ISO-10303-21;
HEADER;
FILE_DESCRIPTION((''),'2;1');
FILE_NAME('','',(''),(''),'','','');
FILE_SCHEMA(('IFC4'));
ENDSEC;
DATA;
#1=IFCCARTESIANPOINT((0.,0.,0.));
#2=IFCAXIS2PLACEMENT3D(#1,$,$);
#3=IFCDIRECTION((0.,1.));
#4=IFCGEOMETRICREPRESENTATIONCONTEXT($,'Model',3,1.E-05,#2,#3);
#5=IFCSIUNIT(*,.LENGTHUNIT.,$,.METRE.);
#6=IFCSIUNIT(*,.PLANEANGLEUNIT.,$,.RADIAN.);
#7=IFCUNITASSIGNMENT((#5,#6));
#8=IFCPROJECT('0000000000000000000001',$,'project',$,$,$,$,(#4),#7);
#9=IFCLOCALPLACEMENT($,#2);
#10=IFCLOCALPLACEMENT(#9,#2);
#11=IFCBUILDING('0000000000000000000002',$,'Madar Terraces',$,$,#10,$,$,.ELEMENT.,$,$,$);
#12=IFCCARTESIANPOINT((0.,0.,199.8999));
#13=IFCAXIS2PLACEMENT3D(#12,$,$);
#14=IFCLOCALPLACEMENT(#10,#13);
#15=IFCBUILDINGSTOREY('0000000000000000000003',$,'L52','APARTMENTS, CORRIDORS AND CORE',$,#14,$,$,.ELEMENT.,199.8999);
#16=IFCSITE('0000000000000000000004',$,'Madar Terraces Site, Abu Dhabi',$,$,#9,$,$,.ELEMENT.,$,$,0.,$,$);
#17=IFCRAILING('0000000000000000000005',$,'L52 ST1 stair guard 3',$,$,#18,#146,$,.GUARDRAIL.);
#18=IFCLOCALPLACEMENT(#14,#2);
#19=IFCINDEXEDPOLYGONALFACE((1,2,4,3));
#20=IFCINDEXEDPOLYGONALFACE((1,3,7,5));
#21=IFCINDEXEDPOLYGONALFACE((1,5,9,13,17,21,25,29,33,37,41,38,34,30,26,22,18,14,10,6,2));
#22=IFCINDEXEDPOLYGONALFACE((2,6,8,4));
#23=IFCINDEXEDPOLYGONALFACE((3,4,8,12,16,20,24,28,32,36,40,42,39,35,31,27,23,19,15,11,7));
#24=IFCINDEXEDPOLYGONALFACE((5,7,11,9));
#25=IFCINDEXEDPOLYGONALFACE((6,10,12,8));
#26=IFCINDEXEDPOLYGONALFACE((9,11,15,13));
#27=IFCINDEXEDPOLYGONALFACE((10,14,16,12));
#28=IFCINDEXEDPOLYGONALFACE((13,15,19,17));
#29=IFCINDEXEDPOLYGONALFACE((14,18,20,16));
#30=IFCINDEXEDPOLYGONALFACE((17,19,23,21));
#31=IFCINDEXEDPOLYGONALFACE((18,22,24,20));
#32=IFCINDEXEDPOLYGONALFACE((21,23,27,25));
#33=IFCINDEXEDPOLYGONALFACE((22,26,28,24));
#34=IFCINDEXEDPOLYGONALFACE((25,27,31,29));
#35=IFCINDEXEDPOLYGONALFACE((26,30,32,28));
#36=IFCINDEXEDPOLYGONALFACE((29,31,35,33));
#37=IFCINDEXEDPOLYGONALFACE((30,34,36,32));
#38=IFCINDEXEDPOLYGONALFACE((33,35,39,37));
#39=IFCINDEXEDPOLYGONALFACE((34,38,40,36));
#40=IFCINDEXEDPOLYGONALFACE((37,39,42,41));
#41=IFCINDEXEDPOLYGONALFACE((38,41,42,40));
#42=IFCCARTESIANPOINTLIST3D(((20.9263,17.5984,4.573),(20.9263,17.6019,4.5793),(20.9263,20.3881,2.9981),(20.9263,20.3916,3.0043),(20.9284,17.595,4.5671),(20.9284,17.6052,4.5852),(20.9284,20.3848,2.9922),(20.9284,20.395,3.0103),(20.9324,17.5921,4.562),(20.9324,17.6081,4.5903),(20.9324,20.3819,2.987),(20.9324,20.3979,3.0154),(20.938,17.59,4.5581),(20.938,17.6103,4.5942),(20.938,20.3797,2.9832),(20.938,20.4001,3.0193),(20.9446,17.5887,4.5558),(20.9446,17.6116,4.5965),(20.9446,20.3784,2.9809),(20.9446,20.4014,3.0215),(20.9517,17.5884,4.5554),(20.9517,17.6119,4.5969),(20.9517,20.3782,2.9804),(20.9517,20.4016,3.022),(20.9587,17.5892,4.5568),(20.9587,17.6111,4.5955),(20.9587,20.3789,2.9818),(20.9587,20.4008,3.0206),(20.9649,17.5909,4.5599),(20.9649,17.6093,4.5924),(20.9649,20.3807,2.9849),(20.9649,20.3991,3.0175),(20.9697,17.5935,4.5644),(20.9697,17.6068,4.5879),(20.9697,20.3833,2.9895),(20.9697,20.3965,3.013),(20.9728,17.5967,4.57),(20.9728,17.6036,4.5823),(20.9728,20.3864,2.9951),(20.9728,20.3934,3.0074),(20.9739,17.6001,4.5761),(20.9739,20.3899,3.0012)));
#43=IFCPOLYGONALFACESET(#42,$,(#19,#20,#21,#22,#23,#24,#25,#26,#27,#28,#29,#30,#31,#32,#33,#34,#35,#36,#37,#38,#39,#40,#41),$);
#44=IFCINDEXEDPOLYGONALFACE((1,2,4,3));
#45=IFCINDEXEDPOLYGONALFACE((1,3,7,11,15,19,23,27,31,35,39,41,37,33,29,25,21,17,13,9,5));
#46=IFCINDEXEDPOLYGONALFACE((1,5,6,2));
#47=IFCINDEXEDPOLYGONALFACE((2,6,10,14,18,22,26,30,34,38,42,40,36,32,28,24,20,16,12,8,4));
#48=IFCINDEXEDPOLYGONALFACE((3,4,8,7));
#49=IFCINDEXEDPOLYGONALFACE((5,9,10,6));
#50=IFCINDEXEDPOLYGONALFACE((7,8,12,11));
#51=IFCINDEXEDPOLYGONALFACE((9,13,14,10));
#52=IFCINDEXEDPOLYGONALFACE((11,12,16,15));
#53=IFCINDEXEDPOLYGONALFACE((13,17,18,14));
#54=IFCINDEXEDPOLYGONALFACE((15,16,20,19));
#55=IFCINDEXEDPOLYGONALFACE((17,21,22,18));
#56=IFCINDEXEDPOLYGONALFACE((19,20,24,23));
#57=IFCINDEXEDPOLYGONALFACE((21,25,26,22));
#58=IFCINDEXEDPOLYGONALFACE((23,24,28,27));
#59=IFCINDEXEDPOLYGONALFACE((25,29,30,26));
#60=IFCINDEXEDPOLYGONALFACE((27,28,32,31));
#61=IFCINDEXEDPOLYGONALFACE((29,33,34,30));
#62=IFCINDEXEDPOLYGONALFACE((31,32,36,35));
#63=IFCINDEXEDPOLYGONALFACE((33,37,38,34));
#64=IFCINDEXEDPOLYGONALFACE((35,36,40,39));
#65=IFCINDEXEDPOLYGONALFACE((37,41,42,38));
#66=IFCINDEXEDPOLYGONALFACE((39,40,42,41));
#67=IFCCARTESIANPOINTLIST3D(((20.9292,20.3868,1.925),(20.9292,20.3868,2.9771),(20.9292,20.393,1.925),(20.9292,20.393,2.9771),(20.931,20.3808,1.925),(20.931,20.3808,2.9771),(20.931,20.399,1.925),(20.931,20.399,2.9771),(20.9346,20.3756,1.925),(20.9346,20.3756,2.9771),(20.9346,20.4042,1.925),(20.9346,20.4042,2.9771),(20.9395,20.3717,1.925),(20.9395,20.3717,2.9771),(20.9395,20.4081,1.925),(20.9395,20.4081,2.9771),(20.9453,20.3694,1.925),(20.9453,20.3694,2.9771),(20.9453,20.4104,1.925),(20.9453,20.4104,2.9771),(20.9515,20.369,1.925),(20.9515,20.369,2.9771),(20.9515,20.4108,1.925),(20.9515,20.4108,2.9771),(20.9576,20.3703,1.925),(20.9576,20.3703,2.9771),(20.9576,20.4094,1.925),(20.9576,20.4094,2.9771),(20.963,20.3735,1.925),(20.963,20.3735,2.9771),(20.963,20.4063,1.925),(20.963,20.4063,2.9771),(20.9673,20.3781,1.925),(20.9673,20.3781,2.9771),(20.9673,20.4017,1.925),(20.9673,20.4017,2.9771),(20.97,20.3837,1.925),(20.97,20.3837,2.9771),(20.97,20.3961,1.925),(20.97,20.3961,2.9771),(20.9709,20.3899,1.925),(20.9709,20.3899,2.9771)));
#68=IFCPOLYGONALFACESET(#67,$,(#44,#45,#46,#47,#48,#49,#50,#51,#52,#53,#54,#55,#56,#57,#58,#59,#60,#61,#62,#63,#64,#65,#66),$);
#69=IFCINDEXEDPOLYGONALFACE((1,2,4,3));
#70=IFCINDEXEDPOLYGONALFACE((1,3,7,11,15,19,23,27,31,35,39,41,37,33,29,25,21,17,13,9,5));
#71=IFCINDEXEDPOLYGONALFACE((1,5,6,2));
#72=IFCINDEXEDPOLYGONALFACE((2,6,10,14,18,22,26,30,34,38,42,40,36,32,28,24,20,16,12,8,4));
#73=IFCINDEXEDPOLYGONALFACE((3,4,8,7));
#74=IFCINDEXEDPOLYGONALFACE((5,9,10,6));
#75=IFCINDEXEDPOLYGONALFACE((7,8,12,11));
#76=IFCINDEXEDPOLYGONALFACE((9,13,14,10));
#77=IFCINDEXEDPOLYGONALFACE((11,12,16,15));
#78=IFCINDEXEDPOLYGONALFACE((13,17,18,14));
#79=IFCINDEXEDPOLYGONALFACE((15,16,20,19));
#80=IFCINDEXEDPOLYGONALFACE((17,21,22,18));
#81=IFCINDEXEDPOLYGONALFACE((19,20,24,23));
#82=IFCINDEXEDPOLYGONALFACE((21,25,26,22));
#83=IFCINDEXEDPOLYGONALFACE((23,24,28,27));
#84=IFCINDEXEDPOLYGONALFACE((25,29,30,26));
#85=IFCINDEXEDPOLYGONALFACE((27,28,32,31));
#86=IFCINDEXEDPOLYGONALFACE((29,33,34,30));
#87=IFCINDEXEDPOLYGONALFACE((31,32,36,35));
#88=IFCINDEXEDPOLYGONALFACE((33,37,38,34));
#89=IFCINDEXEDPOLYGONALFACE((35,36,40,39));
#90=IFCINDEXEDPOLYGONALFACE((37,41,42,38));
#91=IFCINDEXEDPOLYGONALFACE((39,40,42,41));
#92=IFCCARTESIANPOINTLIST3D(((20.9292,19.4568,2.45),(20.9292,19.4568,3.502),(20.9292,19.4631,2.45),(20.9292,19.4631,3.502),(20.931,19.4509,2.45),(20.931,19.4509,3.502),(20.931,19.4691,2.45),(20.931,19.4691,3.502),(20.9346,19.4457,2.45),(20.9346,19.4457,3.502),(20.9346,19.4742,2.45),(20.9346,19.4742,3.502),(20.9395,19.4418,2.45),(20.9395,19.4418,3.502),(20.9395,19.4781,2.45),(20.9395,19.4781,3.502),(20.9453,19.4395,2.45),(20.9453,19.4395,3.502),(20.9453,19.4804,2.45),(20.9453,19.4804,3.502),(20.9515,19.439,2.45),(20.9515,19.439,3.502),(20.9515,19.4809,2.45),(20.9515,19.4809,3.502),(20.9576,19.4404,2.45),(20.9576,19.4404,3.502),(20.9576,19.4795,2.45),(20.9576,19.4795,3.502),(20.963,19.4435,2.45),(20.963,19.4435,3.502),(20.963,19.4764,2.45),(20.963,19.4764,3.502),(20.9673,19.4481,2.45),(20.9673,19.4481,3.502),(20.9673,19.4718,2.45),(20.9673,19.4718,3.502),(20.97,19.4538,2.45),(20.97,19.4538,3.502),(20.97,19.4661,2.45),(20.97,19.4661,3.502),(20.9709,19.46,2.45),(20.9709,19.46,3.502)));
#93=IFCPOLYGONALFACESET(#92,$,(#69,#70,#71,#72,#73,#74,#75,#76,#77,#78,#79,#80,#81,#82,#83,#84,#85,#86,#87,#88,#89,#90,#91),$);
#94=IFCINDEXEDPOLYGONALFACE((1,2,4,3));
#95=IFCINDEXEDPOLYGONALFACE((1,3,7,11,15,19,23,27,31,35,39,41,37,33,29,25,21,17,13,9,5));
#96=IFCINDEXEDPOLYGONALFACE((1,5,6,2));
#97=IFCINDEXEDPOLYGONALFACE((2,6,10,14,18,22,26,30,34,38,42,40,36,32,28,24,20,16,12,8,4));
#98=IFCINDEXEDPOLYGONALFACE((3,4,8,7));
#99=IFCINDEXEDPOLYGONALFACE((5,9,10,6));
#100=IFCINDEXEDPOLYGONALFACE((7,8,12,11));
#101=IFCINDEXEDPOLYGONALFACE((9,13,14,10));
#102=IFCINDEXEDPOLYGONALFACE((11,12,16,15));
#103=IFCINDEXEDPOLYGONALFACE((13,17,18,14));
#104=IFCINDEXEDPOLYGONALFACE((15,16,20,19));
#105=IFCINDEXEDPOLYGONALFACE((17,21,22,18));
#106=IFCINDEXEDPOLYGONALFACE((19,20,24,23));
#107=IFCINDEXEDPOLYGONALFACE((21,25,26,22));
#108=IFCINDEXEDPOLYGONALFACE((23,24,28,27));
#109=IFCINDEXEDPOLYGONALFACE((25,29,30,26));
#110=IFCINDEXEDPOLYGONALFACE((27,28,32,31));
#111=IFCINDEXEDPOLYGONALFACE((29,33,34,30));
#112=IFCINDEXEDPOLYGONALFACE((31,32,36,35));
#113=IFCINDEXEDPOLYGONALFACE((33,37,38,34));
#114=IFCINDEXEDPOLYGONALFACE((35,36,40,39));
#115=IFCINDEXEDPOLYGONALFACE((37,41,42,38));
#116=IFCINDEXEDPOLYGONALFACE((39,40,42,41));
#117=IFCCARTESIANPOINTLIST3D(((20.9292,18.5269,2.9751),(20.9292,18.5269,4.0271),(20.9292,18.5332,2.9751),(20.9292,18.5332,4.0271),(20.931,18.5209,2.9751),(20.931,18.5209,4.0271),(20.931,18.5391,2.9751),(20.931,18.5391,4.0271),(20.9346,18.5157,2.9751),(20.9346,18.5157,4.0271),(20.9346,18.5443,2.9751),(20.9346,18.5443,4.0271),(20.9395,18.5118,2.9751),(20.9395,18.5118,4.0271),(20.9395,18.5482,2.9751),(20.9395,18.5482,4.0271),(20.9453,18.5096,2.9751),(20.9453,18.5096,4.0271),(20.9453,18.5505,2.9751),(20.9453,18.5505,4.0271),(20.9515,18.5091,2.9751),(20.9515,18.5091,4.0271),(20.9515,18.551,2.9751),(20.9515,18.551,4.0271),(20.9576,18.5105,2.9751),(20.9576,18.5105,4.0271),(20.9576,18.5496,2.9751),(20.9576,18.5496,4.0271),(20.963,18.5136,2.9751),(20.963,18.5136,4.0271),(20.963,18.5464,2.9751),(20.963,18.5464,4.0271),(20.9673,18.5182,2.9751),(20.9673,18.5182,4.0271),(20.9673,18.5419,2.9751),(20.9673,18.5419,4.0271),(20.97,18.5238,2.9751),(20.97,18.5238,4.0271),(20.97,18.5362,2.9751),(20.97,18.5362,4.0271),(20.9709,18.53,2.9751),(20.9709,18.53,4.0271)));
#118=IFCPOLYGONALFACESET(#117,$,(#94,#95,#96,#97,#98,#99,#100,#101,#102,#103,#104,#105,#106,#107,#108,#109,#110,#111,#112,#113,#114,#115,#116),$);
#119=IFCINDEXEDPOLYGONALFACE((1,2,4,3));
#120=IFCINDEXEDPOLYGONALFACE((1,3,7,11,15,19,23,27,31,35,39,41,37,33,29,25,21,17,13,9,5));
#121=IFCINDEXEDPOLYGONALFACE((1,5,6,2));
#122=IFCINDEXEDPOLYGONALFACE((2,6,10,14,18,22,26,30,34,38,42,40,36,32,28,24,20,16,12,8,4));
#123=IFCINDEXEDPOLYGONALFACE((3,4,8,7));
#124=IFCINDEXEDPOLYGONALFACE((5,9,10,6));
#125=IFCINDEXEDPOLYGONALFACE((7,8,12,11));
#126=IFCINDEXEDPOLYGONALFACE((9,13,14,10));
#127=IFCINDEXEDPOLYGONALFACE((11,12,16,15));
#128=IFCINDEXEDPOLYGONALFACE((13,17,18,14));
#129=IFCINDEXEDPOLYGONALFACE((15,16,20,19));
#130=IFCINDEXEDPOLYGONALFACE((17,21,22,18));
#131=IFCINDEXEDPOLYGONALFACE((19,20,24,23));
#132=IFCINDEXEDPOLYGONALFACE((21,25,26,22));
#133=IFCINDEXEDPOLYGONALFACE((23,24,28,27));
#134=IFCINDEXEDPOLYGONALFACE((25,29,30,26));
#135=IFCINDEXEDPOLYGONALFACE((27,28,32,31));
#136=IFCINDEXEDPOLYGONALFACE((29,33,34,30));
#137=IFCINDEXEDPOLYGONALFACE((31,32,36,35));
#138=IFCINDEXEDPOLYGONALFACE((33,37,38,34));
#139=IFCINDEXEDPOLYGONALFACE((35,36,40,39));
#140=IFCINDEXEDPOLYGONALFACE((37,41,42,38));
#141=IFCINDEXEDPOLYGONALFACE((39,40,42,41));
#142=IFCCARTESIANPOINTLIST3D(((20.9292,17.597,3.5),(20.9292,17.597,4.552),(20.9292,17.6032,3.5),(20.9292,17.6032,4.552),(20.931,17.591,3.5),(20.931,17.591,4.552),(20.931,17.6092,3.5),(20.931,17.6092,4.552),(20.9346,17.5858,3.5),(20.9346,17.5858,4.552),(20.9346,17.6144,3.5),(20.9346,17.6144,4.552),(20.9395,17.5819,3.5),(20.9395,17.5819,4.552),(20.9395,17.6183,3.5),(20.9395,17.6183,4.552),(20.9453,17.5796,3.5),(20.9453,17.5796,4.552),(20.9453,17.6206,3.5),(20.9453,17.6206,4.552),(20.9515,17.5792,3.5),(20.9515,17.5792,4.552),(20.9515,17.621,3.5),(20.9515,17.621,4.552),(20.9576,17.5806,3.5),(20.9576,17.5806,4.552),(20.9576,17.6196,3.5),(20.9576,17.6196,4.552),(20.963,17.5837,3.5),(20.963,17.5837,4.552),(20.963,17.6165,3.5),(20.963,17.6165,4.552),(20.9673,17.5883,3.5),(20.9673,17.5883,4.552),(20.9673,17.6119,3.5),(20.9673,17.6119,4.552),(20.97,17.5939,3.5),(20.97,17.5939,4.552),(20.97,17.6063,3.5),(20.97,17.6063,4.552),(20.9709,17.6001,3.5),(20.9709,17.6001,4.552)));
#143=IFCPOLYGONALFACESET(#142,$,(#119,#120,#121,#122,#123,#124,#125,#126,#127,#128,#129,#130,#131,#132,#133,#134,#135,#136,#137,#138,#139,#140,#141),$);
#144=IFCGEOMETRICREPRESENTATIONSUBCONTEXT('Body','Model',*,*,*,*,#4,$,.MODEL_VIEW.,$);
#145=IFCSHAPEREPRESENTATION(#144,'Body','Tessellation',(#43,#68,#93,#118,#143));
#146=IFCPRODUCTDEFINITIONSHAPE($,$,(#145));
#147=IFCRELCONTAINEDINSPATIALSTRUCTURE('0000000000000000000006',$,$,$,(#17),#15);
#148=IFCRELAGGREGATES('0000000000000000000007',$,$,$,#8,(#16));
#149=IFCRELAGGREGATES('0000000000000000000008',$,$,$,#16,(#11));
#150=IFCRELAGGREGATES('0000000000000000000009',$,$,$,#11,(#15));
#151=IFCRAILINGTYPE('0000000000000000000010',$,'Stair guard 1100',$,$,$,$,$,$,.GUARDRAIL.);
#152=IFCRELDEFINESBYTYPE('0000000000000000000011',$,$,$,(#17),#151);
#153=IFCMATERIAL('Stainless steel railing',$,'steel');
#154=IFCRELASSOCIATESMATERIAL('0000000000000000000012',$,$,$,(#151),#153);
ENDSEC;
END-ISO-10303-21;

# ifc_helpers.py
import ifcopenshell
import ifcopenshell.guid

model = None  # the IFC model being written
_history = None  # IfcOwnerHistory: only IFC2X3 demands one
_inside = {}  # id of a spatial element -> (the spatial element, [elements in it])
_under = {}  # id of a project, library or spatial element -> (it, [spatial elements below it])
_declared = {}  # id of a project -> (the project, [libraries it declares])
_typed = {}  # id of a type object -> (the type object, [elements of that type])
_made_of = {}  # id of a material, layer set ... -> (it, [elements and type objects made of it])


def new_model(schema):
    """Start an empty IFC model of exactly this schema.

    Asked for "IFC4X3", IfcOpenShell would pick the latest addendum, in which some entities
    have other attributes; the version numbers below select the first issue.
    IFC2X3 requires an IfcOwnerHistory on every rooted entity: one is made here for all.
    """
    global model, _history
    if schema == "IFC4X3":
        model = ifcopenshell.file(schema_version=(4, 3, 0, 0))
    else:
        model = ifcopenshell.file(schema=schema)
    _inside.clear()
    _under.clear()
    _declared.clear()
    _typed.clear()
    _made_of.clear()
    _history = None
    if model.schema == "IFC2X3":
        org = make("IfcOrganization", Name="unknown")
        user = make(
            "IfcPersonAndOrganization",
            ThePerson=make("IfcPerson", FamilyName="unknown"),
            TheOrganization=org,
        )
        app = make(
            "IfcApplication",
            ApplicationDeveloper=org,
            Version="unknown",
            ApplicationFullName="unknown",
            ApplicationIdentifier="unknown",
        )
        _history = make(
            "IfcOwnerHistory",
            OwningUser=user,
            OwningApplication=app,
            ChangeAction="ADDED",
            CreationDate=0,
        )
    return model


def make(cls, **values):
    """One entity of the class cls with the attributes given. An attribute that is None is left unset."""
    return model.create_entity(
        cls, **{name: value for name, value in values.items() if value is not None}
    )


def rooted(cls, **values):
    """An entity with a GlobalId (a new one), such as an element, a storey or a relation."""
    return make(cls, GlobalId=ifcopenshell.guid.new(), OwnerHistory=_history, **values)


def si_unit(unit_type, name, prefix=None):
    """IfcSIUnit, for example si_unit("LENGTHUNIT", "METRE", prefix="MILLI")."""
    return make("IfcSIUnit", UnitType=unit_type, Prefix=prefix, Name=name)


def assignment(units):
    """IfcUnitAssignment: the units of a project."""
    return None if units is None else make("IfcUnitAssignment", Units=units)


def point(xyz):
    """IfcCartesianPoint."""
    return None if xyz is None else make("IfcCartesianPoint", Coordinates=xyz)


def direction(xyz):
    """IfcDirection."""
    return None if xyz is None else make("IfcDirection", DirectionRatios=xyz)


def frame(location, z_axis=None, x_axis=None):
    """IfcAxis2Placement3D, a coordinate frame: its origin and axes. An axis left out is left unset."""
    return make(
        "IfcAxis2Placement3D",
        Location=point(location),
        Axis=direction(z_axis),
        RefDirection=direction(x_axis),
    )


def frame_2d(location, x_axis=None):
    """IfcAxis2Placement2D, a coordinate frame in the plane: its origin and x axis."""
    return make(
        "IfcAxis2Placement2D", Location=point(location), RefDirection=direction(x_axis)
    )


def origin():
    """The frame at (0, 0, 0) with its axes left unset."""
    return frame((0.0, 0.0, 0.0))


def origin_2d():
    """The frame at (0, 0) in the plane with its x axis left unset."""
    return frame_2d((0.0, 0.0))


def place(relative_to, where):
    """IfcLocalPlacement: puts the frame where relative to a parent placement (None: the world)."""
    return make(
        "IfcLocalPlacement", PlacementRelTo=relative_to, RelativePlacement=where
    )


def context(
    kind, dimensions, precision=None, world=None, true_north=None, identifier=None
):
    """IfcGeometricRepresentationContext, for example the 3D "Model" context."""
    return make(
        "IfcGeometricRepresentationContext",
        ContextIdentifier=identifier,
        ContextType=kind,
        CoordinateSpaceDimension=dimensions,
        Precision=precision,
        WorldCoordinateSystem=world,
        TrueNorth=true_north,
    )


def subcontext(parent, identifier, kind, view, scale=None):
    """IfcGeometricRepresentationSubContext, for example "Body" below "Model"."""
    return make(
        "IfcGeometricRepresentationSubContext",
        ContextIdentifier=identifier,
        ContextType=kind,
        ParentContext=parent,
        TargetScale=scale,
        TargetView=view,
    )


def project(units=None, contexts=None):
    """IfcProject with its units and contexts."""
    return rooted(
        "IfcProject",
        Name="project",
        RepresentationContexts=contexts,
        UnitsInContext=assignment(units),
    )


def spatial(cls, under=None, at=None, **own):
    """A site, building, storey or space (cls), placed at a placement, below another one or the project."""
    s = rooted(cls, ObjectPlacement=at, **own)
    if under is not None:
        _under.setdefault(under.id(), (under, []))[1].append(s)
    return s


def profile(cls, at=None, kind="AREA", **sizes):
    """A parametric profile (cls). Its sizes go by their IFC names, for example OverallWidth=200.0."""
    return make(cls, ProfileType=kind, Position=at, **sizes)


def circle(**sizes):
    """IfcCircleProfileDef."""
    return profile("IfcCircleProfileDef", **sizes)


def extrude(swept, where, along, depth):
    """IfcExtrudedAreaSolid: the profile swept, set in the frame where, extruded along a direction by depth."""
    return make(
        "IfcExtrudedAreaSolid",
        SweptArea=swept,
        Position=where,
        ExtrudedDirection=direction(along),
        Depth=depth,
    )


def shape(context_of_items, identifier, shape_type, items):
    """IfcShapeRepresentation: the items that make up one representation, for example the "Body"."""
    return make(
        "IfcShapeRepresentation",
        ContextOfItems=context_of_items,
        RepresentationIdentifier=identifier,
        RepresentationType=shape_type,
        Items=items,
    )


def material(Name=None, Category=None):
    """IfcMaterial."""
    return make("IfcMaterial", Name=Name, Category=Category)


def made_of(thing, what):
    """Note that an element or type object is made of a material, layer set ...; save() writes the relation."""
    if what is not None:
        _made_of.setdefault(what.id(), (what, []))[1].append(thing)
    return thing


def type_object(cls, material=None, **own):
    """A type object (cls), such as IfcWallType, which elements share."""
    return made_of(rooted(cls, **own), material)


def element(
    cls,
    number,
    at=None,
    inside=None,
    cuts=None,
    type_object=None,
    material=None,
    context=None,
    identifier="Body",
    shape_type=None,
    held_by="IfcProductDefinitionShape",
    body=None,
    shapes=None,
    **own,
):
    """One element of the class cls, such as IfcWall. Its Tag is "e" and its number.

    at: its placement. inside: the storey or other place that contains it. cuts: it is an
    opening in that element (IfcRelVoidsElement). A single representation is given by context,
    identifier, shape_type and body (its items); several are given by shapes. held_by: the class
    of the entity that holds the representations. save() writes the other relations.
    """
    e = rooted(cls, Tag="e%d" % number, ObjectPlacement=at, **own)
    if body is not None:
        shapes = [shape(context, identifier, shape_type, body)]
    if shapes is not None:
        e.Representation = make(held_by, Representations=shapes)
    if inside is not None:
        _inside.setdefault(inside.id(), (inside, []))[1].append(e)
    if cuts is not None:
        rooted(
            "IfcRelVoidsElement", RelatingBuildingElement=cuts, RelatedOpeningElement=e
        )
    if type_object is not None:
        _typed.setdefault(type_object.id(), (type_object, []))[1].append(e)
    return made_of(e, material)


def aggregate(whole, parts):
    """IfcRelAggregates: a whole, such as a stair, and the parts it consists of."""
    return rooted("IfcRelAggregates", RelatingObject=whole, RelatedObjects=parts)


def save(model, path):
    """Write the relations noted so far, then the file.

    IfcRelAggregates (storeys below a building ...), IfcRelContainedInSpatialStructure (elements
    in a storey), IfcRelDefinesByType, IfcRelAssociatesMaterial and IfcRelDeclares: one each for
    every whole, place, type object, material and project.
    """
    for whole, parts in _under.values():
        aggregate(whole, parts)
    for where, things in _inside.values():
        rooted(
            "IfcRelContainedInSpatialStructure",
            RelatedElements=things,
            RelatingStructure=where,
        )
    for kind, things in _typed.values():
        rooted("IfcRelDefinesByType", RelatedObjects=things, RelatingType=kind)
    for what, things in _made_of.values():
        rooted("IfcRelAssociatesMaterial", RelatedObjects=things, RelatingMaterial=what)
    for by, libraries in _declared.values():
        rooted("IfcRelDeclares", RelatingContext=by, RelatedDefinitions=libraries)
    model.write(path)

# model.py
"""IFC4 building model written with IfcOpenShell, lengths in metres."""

from ifc_helpers import new_model, si_unit, direction, frame, origin, origin_2d, place, context, subcontext, project, spatial, circle, extrude, material, type_object, element, save


model = new_model("IFC4")

# Units and contexts
model_context = context("Model", 3, precision=1e-05, world=origin(), true_north=direction((0.0, 1.0)))
body_context = subcontext(model_context, "Body", "Model", "MODEL_VIEW")
ifc_project = project(units=[si_unit("LENGTHUNIT", "METRE"), si_unit("PLANEANGLEUNIT", "RADIAN")], contexts=[model_context])

# Site, building, storey
site_placement = place(None, origin())
site = spatial("IfcSite", under=ifc_project, at=site_placement, Name="Madar Terraces Site, Abu Dhabi", CompositionType="ELEMENT", RefElevation=0.0)
building_placement = place(site_placement, origin())
building = spatial("IfcBuilding", under=site, at=building_placement, Name="Madar Terraces", CompositionType="ELEMENT")
storey_placement = place(building_placement, frame((0.0, 0.0, 199.8999)))
storey = spatial("IfcBuildingStorey", under=building, at=storey_placement, Name="L52", Description="APARTMENTS, CORRIDORS AND CORE", CompositionType="ELEMENT", Elevation=199.8999)

# Railing
ifc_material_1 = material(Name="Stainless steel railing", Category="steel")
railing_type_1 = type_object("IfcRailingType", Name="Stair guard 1100", PredefinedType="GUARDRAIL", material=ifc_material_1)
railing_1_placement = place(storey_placement, frame((20.95, 20.3899, 1.925)))
element("IfcRailing", 1, at=railing_1_placement, inside=storey, type_object=railing_type_1, Name="L52 ST1 stair guard 3", PredefinedType="GUARDRAIL", context=body_context, shape_type="SweptSolid", body=[
    extrude(circle(Radius=0.0239, at=origin_2d()), frame((0.0, 0.0, 1.0762), z_axis=(0.0, -0.870815, 0.49161), x_axis=(1.0, 0.0, 0.0)), (0.0, 0.0, 1.0), 3.2036),
    extrude(circle(Radius=0.021, at=origin_2d()), origin(), (0.0, 0.0, 1.0), 1.052),
    extrude(circle(Radius=0.021, at=origin_2d()), frame((0.0, -0.9299, 0.5249)), (0.0, 0.0, 1.0), 1.052),
    extrude(circle(Radius=0.021, at=origin_2d()), frame((0.0, -1.8599, 1.05)), (0.0, 0.0, 1.0), 1.052),
    extrude(circle(Radius=0.021, at=origin_2d()), frame((0.0, -2.7898, 1.575)), (0.0, 0.0, 1.0), 1.052),
])

save(model, "model.ifc")
